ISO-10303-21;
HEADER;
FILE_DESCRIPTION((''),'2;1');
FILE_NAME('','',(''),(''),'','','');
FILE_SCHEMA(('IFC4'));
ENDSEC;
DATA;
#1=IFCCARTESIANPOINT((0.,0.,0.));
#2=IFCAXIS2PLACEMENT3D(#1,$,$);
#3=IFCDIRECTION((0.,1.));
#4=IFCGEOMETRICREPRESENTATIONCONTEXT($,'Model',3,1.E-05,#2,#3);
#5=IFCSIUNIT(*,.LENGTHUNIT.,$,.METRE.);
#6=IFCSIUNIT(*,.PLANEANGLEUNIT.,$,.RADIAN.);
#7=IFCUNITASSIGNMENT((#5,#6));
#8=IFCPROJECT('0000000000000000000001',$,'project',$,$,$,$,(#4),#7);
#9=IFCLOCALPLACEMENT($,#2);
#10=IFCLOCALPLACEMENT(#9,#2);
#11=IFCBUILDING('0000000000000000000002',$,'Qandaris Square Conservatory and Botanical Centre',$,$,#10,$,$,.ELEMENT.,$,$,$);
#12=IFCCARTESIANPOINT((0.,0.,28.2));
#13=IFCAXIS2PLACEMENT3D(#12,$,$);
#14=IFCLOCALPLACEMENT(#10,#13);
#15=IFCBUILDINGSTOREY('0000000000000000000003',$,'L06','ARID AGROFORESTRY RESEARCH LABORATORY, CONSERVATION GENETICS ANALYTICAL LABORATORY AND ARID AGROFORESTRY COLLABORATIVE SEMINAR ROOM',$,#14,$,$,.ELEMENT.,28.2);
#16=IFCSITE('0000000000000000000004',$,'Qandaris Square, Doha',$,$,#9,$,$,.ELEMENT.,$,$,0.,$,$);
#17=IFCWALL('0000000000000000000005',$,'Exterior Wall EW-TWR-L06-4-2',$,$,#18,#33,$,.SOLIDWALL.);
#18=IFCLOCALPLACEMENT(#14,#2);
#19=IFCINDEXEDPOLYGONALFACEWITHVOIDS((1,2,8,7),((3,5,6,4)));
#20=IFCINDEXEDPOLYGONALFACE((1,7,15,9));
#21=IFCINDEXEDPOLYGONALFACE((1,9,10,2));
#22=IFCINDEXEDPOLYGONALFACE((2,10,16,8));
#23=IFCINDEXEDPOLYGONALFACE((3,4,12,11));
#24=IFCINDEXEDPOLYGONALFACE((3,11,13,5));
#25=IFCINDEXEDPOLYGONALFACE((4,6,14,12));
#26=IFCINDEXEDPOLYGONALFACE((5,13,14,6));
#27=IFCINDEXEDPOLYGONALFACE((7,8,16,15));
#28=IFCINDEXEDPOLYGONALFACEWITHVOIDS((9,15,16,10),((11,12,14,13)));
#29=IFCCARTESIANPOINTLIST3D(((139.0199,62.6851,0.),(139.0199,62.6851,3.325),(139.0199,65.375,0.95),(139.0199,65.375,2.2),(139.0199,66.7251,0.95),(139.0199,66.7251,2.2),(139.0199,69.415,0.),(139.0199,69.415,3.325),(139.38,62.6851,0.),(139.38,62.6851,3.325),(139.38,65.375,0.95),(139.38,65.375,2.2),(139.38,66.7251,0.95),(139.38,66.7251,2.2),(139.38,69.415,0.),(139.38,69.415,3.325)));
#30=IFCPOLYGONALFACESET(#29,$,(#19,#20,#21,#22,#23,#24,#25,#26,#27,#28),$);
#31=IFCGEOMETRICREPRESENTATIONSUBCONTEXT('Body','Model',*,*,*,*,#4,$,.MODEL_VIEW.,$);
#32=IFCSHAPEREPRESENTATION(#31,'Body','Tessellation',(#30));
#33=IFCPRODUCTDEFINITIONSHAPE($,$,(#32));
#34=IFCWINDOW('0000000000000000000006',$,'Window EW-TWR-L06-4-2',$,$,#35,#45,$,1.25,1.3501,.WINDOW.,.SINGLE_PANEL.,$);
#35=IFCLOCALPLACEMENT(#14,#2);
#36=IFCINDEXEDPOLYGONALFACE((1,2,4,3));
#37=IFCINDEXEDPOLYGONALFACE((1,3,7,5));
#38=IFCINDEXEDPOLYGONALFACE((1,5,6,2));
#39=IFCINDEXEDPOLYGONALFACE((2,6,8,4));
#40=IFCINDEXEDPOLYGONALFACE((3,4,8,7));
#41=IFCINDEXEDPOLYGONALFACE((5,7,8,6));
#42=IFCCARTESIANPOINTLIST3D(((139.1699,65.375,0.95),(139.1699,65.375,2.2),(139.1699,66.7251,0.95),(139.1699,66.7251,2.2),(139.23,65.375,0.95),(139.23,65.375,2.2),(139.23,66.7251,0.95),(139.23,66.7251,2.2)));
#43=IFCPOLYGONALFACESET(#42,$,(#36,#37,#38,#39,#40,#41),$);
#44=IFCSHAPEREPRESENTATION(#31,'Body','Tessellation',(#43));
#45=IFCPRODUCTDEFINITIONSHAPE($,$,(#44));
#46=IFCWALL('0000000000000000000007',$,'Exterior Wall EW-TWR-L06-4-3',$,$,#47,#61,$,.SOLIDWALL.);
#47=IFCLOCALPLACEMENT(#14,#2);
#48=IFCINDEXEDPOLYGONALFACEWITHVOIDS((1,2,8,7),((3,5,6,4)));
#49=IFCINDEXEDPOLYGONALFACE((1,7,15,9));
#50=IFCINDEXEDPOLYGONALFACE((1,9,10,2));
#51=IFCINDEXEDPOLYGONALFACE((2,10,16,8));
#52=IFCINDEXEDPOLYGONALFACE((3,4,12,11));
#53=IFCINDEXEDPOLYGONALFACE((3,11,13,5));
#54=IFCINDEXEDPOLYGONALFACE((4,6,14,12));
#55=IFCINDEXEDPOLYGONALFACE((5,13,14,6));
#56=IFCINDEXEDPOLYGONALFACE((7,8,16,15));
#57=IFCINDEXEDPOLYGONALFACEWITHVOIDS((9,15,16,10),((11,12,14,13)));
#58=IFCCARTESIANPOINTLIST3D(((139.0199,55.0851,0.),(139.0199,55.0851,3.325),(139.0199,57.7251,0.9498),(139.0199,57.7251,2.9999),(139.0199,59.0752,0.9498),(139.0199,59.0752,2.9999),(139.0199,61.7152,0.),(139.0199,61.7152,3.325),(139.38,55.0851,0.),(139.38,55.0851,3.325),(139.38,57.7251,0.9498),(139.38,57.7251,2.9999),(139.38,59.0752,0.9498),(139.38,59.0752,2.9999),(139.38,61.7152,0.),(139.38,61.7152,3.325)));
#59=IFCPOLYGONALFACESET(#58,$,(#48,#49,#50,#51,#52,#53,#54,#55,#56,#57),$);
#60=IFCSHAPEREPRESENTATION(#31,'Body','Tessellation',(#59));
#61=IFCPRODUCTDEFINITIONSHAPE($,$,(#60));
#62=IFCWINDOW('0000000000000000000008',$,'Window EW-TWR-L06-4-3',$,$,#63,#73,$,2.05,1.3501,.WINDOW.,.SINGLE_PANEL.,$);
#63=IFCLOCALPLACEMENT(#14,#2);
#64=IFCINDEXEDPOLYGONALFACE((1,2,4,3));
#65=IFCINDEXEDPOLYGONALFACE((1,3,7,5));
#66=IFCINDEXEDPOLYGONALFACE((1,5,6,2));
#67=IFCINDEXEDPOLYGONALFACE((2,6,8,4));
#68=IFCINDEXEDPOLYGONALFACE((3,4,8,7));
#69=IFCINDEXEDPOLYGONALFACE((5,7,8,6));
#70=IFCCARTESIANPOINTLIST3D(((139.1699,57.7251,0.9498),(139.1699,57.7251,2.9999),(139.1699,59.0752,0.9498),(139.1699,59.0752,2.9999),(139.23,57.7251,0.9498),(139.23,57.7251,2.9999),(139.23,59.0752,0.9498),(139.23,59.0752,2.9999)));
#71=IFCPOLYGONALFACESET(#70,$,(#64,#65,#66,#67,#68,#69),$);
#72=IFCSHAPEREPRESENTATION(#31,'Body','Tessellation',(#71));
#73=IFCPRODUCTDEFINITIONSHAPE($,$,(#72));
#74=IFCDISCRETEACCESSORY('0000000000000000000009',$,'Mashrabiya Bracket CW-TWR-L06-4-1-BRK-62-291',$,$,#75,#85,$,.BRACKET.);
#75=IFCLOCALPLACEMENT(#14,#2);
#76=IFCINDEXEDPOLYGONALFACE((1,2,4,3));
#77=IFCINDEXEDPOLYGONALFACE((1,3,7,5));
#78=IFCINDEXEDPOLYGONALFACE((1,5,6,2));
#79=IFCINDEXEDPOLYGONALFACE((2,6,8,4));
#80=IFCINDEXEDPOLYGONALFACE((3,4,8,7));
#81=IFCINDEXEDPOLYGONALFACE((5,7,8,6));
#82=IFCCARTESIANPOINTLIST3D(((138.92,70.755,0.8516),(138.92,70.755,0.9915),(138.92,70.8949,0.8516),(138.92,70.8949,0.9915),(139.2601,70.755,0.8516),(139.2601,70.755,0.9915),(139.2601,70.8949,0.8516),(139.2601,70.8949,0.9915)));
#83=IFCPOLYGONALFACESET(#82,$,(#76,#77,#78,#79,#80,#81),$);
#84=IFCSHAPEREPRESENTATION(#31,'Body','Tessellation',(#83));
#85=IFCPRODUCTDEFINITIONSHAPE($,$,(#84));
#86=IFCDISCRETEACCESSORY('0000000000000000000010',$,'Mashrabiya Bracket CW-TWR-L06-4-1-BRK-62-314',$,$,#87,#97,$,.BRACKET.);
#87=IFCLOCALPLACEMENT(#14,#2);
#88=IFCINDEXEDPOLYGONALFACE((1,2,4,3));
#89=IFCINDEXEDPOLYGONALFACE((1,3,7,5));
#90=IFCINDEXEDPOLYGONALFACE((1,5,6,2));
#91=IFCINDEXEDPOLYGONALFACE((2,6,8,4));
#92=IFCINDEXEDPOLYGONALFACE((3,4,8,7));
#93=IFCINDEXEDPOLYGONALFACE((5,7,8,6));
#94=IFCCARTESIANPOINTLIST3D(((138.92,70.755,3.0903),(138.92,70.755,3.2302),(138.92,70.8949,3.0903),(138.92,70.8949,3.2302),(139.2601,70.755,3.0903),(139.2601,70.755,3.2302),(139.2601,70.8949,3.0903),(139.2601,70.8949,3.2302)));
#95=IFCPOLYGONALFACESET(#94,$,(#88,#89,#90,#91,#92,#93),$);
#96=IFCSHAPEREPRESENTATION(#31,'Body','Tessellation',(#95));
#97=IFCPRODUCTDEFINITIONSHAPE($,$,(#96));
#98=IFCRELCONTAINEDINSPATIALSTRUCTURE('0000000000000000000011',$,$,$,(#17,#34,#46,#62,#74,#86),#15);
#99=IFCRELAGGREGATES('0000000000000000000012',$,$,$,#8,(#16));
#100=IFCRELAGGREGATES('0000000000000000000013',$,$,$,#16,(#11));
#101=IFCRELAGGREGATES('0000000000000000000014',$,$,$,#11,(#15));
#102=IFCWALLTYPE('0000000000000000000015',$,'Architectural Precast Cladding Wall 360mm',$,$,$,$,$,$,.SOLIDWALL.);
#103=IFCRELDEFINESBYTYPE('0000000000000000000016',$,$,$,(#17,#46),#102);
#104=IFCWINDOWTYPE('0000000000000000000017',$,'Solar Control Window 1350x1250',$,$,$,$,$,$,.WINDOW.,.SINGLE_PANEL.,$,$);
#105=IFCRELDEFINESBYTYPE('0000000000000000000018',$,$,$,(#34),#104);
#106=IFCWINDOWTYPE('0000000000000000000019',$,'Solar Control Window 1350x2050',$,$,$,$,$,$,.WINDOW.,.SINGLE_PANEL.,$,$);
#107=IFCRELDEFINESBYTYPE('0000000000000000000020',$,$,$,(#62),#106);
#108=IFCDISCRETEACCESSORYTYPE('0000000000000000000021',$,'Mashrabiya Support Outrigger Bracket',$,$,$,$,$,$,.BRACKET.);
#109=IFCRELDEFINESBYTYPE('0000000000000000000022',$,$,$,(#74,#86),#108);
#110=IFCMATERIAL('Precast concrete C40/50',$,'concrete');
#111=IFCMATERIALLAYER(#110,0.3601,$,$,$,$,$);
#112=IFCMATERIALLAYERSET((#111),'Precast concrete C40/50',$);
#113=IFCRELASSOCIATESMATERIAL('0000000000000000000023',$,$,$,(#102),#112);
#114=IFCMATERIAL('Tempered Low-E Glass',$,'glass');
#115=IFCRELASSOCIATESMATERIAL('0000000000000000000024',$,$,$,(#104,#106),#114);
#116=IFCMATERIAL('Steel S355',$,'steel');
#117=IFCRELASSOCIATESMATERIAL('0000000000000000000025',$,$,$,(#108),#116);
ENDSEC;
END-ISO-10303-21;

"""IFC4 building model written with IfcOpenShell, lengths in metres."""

from ifc_helpers import new_model, si_unit, direction, frame, frame_2d, origin, origin_2d, place, context, subcontext, project, spatial, rectangle, extrude, material, layer, layer_set, type_object, element, fill, save


model = new_model("IFC4")

# Units and contexts
model_context = context("Model", 3, precision=1e-05, world=origin(), true_north=direction((0.0, 1.0)))
body_context = subcontext(model_context, "Body", "Model", "MODEL_VIEW")
ifc_project = project(units=[si_unit("LENGTHUNIT", "METRE"), si_unit("PLANEANGLEUNIT", "RADIAN")], contexts=[model_context])

# Site, building, storey
site_placement = place(None, origin())
site = spatial("IfcSite", under=ifc_project, at=site_placement, Name="Qandaris Square, Doha", CompositionType="ELEMENT", RefElevation=0.0)
building_placement = place(site_placement, origin())
building = spatial("IfcBuilding", under=site, at=building_placement, Name="Qandaris Square Conservatory and Botanical Centre", CompositionType="ELEMENT")
storey_placement = place(building_placement, frame((0.0, 0.0, 28.2)))
storey = spatial("IfcBuildingStorey", under=building, at=storey_placement, Name="L06", Description="ARID AGROFORESTRY RESEARCH LABORATORY, CONSERVATION GENETICS ANALYTICAL LABORATORY AND ARID AGROFORESTRY COLLABORATIVE SEMINAR ROOM", CompositionType="ELEMENT", Elevation=28.2)

# Shared definitions
ifc_material_1 = material(Name="Steel S355", Category="steel")

# Shared definitions
ifc_material_2 = material(Name="Tempered Low-E Glass", Category="glass")

# Walls, openings, windows
ifc_material_3 = material(Name="Precast concrete C40/50", Category="concrete")
ifc_layer_1 = layer(ifc_material_3, 0.3601)
ifc_layer_set_1 = layer_set([ifc_layer_1], Name="Precast concrete C40/50")
wall_type = type_object("IfcWallType", Name="Architectural Precast Cladding Wall 360mm", PredefinedType="SOLIDWALL", material=ifc_layer_set_1)
wall_1_placement = place(storey_placement, frame((139.2, 69.415, 0.0), z_axis=(0.0, 0.0, 1.0), x_axis=(0.0, -1.0, 0.0)))
wall_1 = element("IfcWall", 1, at=wall_1_placement, inside=storey, type_object=wall_type, Name="Exterior Wall EW-TWR-L06-4-2", PredefinedType="SOLIDWALL", context=body_context, shape_type="SweptSolid", body=[
    extrude(rectangle(XDim=6.73, YDim=0.3601, at=frame_2d((3.365, 0.0))), origin(), (0.0, 0.0, 1.0), 3.325),
])
opening_1_placement = place(wall_1_placement, frame((2.6899, 0.0, 0.95)))
opening_1 = element("IfcOpeningElement", 2, at=opening_1_placement, cuts=wall_1, PredefinedType="OPENING", context=body_context, shape_type="SweptSolid", body=[
    extrude(rectangle(XDim=1.3501, YDim=1.25, at=frame_2d((0.675, 0.625))), frame((0.0, 0.1919, 0.0), z_axis=(0.0, -1.0, 0.0), x_axis=(1.0, 0.0, 0.0)), (0.0, 0.0, 1.0), 0.384),
])
window_type_1 = type_object("IfcWindowType", Name="Solar Control Window 1350x1250", PartitioningType="SINGLE_PANEL", PredefinedType="WINDOW", material=ifc_material_2)
window_1_placement = place(opening_1_placement, origin())
window_1 = element("IfcWindow", 3, at=window_1_placement, inside=storey, type_object=window_type_1, Name="Window EW-TWR-L06-4-2", OverallHeight=1.25, OverallWidth=1.3501, PartitioningType="SINGLE_PANEL", PredefinedType="WINDOW", context=body_context, shape_type="SweptSolid", body=[
    extrude(rectangle(XDim=1.3501, YDim=1.25, at=frame_2d((0.675, 0.625))), frame((0.0, 0.03, 0.0), z_axis=(0.0, -1.0, 0.0), x_axis=(1.0, 0.0, 0.0)), (0.0, 0.0, 1.0), 0.0601),
])
fill(opening_1, window_1)
wall_2_placement = place(storey_placement, frame((139.2, 61.7151, 0.0), z_axis=(0.0, 0.0, 1.0), x_axis=(0.0, -1.0, 0.0)))
wall_2 = element("IfcWall", 4, at=wall_2_placement, inside=storey, type_object=wall_type, Name="Exterior Wall EW-TWR-L06-4-3", PredefinedType="SOLIDWALL", context=body_context, shape_type="SweptSolid", body=[
    extrude(rectangle(XDim=6.6301, YDim=0.3601, at=frame_2d((3.3149, 0.0))), origin(), (0.0, 0.0, 1.0), 3.325),
])
opening_2_placement = place(wall_2_placement, frame((2.6399, 0.0, 0.95)))
opening_2 = element("IfcOpeningElement", 5, at=opening_2_placement, cuts=wall_2, PredefinedType="OPENING", context=body_context, shape_type="SweptSolid", body=[
    extrude(rectangle(XDim=1.3501, YDim=2.05, at=frame_2d((0.675, 1.0249))), frame((0.0, 0.1919, 0.0), z_axis=(0.0, -1.0, 0.0), x_axis=(1.0, 0.0, 0.0)), (0.0, 0.0, 1.0), 0.384),
])
window_type_2 = type_object("IfcWindowType", Name="Solar Control Window 1350x2050", PartitioningType="SINGLE_PANEL", PredefinedType="WINDOW", material=ifc_material_2)
window_2_placement = place(opening_2_placement, origin())
window_2 = element("IfcWindow", 6, at=window_2_placement, inside=storey, type_object=window_type_2, Name="Window EW-TWR-L06-4-3", OverallHeight=2.05, OverallWidth=1.3501, PartitioningType="SINGLE_PANEL", PredefinedType="WINDOW", context=body_context, shape_type="SweptSolid", body=[
    extrude(rectangle(XDim=1.3501, YDim=2.05, at=frame_2d((0.675, 1.0249))), frame((0.0, 0.03, 0.0), z_axis=(0.0, -1.0, 0.0), x_axis=(1.0, 0.0, 0.0)), (0.0, 0.0, 1.0), 0.0601),
])
fill(opening_2, window_2)

# Discrete accessories
discrete_accessory_type = type_object("IfcDiscreteAccessoryType", Name="Mashrabiya Support Outrigger Bracket", PredefinedType="BRACKET", material=ifc_material_1)
for number, where, z_axis, x_axis, name in (
    (7, (139.0901, 70.825, 0.8516), (0.0, 0.0, 1.0), (0.0, -1.0, 0.0), "Mashrabiya Bracket CW-TWR-L06-4-1-BRK-62-291"),
    (8, (139.0901, 70.825, 3.0903), (0.0, 0.0, 1.0), (0.0, -1.0, 0.0), "Mashrabiya Bracket CW-TWR-L06-4-1-BRK-62-314"),
):
    element("IfcDiscreteAccessory", number, at=place(storey_placement, frame(where, z_axis=z_axis, x_axis=x_axis)), inside=storey, type_object=discrete_accessory_type, Name=name, PredefinedType="BRACKET", context=body_context, shape_type="SweptSolid", body=[
        extrude(rectangle(XDim=0.1399, YDim=0.3401, at=origin_2d()), origin(), (0.0, 0.0, 1.0), 0.1399),
    ])

save(model, "model.ifc")
